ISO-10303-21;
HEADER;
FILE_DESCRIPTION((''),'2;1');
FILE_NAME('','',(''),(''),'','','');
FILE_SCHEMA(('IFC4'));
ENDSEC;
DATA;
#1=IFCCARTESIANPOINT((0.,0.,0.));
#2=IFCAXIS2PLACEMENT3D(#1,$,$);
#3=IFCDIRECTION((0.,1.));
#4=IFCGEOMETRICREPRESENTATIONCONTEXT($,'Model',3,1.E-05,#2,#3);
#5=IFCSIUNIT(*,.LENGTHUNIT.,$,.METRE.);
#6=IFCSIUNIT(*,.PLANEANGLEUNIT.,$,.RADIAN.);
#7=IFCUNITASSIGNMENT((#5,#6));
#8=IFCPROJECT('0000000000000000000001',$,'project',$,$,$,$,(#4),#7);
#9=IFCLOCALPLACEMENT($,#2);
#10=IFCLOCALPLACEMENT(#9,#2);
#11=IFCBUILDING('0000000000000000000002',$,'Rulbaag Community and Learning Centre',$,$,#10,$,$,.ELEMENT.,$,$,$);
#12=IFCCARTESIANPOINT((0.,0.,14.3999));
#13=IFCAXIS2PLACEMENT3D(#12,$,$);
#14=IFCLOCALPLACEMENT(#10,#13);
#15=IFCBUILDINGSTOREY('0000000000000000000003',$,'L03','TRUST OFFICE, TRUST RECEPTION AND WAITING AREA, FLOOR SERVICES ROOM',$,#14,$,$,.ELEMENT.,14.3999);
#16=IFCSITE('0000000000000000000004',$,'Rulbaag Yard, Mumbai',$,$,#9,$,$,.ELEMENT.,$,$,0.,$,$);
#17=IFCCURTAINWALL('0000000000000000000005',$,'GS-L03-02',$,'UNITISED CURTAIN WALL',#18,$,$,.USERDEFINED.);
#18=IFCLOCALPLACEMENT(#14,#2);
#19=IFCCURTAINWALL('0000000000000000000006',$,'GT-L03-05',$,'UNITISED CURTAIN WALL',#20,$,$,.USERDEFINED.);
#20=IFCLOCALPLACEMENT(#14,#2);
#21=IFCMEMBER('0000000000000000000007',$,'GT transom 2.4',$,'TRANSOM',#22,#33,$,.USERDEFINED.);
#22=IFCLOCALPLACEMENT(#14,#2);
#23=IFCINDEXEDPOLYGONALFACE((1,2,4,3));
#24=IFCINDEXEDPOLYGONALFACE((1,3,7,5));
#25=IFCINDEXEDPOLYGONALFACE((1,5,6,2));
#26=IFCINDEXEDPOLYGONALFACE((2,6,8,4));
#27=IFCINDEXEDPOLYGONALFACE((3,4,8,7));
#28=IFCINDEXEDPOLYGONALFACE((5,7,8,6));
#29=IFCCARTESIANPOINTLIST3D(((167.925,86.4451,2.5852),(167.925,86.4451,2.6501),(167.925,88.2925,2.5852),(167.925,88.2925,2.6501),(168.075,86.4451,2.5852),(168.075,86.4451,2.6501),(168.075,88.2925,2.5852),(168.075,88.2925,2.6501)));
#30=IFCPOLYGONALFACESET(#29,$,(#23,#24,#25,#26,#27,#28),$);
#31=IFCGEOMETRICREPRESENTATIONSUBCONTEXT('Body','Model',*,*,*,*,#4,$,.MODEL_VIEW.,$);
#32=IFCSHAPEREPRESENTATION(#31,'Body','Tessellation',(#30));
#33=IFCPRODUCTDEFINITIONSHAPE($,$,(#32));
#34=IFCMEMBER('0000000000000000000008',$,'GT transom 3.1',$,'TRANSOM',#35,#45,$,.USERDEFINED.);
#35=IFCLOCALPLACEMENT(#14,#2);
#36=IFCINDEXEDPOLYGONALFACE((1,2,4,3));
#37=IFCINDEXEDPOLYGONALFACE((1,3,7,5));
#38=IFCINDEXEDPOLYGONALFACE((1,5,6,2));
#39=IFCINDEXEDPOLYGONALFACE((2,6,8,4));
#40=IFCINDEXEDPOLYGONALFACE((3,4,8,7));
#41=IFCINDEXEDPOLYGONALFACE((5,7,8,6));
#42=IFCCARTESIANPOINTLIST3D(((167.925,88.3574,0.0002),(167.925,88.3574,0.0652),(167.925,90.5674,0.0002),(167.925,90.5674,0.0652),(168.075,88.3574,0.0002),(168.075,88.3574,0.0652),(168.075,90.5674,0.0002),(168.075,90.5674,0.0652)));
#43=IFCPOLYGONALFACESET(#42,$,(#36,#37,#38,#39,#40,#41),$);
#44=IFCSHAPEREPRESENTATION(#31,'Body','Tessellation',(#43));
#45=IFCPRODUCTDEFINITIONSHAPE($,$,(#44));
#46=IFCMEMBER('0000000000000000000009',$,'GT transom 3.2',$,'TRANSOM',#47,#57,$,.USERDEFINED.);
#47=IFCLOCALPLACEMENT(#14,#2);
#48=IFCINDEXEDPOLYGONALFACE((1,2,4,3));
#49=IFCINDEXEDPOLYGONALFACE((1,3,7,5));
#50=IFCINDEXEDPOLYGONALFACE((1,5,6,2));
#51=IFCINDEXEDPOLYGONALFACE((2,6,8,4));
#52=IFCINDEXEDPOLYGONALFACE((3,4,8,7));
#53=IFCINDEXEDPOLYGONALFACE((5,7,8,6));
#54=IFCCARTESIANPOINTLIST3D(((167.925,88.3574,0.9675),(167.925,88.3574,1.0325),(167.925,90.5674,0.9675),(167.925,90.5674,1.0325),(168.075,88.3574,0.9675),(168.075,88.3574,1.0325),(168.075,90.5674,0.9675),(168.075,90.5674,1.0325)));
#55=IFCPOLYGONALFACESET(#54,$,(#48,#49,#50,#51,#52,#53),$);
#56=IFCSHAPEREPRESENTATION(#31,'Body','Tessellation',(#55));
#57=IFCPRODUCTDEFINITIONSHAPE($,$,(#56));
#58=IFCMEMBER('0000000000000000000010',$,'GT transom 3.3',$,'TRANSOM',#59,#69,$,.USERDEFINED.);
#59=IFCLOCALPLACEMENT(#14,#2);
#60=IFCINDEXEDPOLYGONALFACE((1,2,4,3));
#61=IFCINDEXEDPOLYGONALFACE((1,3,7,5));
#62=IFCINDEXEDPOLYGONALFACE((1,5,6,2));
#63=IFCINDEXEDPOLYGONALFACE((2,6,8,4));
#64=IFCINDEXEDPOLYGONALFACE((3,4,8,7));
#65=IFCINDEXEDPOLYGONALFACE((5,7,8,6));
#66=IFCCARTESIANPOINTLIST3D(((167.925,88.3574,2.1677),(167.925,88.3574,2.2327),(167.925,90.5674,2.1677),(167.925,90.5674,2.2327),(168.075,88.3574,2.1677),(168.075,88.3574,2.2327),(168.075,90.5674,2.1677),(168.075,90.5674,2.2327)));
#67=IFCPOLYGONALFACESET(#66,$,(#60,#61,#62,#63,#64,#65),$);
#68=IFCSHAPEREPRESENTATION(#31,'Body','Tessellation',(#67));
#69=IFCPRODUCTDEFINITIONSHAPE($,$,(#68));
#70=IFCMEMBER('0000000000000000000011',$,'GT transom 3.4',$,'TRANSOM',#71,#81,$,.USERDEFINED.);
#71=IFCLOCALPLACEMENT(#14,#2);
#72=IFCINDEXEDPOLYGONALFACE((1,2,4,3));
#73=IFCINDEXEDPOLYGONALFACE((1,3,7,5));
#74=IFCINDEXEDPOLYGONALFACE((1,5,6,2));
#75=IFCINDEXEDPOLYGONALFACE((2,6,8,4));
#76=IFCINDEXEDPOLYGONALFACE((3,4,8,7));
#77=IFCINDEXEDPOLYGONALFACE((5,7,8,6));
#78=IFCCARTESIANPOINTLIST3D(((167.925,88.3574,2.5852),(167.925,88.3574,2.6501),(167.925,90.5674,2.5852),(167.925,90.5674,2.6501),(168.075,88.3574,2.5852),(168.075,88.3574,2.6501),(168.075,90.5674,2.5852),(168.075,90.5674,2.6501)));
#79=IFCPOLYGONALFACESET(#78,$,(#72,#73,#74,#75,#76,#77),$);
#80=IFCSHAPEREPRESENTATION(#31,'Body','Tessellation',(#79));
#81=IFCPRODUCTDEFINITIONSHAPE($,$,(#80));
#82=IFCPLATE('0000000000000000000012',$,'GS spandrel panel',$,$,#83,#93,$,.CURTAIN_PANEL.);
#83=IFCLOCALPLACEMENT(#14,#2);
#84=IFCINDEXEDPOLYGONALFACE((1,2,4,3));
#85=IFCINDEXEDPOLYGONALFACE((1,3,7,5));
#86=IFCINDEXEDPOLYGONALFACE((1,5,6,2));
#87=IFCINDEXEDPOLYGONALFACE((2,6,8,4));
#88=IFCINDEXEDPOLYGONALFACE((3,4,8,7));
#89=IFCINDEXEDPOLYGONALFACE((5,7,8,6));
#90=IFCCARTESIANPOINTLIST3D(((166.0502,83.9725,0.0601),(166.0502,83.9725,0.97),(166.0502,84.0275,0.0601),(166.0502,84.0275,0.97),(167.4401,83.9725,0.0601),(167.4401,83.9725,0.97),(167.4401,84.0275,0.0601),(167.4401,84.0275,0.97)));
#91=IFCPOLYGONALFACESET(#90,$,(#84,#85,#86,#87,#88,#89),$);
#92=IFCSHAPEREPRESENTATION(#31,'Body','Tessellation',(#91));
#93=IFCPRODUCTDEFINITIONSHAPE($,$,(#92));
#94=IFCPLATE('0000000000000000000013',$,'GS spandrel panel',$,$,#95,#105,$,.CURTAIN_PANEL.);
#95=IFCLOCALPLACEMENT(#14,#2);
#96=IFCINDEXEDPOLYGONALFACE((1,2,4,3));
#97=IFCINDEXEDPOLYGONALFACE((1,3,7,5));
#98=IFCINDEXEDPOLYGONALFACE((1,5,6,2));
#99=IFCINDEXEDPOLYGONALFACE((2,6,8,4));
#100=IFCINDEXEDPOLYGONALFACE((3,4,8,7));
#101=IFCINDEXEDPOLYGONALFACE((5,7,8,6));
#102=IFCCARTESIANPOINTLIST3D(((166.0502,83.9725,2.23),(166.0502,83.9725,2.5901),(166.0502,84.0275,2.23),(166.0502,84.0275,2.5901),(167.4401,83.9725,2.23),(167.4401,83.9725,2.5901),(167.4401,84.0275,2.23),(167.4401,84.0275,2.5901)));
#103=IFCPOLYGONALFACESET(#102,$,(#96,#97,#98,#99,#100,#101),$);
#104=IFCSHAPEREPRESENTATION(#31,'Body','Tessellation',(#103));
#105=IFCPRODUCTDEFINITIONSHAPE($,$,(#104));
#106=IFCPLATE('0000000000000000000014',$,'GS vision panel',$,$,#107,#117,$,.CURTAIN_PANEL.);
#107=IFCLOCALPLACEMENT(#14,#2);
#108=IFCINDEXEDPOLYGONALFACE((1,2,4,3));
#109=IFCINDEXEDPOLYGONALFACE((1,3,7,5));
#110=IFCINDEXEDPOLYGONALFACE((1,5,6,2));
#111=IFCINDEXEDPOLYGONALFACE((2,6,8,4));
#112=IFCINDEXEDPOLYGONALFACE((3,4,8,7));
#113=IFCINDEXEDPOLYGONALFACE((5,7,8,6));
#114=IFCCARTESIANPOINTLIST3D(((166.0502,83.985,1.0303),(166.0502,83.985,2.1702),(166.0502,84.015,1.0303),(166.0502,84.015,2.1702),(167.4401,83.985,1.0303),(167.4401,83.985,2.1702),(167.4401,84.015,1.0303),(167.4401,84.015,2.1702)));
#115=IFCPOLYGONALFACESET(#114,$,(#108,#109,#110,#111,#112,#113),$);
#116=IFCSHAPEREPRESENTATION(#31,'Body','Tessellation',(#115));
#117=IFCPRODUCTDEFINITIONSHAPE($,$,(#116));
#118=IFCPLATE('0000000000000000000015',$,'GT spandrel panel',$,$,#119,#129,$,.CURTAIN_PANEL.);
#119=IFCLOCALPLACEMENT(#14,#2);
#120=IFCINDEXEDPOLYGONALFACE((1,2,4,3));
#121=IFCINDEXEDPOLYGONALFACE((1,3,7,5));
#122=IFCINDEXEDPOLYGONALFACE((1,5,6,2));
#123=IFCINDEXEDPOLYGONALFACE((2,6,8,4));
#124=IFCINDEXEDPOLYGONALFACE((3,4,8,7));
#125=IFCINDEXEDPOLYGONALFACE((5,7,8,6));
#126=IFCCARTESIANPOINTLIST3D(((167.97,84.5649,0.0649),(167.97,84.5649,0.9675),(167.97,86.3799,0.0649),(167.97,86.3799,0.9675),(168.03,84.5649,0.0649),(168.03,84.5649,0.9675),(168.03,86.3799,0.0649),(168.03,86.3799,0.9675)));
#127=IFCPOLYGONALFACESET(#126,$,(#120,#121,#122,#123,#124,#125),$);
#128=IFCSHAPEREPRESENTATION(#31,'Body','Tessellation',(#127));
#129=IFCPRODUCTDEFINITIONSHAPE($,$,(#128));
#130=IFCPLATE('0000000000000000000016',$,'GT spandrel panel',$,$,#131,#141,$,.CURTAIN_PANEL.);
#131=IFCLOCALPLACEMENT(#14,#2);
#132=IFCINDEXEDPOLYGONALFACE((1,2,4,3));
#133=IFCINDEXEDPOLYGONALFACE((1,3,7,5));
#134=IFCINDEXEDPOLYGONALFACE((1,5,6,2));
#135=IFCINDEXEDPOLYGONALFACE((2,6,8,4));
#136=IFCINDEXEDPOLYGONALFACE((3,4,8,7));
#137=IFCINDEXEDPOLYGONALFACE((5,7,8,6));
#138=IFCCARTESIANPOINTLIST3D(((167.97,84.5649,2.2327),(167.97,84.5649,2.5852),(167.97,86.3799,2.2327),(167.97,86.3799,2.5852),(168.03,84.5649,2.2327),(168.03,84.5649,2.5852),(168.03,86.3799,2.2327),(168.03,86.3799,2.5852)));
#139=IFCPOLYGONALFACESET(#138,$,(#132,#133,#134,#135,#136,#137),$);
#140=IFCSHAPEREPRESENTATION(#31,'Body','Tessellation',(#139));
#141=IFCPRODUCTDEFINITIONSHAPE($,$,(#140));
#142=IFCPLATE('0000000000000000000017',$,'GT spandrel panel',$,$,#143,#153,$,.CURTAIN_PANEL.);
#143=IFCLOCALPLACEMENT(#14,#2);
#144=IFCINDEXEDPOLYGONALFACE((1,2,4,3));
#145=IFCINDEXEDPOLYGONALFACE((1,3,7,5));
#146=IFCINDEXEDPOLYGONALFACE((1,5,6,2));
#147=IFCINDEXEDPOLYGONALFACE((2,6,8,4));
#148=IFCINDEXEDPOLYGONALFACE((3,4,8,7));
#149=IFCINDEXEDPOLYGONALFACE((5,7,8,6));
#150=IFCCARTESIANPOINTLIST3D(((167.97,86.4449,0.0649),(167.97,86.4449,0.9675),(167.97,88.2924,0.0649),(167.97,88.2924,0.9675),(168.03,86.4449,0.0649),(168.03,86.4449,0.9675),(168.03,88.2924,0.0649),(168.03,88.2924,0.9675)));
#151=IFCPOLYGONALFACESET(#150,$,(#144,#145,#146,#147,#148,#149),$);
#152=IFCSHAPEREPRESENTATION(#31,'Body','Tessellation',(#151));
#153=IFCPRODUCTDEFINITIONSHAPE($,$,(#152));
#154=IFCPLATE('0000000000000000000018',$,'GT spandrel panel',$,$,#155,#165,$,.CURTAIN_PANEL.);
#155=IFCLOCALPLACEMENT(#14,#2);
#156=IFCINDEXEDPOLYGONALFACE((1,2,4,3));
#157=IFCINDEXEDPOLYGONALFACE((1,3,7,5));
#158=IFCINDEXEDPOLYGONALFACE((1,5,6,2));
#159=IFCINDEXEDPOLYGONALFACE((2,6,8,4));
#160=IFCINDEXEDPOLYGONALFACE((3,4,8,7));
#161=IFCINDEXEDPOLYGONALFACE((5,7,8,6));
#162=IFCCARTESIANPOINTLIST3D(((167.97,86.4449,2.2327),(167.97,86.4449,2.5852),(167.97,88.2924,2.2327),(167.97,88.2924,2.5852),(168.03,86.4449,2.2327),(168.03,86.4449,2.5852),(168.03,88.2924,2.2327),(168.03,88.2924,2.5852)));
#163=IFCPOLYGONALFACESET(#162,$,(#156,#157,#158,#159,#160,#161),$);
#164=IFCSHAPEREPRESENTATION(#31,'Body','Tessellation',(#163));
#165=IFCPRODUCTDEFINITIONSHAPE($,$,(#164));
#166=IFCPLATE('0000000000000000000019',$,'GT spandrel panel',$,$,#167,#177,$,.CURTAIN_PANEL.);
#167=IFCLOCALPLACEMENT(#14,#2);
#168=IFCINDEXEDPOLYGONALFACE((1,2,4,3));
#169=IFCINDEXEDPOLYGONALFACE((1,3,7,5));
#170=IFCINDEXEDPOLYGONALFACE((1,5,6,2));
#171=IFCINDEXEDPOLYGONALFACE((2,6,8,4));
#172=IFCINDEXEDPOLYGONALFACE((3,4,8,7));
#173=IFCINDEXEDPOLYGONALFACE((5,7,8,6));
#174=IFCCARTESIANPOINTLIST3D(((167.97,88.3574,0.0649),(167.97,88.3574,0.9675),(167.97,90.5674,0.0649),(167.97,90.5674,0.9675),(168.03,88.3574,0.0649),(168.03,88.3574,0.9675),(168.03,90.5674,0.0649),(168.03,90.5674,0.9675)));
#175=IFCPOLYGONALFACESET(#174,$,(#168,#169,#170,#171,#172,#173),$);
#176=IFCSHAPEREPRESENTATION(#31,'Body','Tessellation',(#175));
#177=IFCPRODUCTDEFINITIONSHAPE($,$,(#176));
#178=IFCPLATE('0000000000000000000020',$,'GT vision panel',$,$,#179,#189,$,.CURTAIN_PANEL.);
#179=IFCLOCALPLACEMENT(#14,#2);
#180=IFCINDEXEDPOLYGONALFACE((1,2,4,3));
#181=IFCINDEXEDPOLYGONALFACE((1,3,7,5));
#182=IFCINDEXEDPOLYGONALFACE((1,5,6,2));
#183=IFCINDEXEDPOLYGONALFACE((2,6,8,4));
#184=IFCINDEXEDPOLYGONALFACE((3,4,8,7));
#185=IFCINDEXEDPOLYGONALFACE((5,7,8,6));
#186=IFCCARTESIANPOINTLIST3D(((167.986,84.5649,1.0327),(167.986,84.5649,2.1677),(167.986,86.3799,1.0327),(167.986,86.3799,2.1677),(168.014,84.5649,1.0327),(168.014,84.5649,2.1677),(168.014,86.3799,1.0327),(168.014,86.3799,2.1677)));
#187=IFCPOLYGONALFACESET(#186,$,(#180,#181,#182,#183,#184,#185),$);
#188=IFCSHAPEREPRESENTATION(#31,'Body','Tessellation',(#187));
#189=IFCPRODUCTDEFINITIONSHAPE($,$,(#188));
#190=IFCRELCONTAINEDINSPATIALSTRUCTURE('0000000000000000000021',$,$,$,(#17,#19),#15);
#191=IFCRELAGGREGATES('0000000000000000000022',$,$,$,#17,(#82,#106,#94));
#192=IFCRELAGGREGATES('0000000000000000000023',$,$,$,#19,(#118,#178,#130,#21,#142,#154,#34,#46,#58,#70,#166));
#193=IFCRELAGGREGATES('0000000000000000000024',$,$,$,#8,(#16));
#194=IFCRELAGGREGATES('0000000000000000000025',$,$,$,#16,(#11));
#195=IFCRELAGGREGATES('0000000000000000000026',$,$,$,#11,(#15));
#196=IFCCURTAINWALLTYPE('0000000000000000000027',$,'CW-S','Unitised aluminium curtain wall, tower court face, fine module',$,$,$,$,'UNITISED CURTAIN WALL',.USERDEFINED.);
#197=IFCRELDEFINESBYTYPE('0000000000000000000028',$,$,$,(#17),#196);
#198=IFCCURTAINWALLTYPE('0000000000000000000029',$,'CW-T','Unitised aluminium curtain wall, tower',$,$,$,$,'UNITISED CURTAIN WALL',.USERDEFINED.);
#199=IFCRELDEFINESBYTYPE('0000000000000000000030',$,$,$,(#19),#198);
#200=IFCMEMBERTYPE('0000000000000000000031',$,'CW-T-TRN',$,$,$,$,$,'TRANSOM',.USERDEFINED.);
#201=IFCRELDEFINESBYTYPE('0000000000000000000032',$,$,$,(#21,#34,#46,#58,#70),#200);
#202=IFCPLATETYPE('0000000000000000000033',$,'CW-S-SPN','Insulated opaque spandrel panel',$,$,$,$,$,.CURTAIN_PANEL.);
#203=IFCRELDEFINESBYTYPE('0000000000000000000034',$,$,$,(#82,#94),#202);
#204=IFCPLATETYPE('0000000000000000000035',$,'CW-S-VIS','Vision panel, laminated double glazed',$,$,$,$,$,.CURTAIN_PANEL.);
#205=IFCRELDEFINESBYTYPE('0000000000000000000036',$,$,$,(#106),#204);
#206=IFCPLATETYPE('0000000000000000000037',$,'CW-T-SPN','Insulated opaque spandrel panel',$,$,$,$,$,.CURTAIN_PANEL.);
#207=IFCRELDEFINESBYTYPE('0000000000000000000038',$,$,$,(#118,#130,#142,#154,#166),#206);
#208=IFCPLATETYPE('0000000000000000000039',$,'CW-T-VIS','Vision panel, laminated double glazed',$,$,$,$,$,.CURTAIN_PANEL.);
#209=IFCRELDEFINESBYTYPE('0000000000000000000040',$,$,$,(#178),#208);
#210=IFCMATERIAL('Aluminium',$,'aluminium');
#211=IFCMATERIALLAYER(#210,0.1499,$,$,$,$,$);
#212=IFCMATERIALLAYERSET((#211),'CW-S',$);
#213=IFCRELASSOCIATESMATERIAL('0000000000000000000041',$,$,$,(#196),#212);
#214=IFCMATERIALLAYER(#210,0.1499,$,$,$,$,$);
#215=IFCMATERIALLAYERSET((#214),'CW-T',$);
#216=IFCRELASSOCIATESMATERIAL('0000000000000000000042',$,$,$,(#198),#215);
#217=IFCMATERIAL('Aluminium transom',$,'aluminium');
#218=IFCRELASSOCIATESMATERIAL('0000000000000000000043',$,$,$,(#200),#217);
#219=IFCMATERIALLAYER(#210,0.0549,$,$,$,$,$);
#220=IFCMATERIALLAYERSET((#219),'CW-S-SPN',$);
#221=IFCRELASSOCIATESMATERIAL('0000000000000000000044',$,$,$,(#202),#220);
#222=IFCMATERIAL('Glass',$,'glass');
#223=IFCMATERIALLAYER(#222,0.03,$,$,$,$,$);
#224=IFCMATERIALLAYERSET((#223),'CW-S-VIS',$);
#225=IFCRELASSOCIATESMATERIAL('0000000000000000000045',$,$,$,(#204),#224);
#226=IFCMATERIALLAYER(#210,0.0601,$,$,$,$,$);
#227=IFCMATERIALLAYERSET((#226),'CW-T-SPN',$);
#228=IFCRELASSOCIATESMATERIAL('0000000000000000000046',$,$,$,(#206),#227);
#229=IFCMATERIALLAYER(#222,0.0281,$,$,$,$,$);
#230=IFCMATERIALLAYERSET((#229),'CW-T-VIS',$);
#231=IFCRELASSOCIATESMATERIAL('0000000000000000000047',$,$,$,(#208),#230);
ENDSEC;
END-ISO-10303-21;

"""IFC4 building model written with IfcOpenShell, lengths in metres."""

from ifc_helpers import new_model, si_unit, direction, frame, origin, origin_2d, place, context, subcontext, project, spatial, rectangle, extrude, material, layer, layer_set, material_profile, profile_set, type_object, element, aggregate, save


model = new_model("IFC4")

# Units and contexts
model_context = context("Model", 3, precision=1e-05, world=origin(), true_north=direction((0.0, 1.0)))
body_context = subcontext(model_context, "Body", "Model", "MODEL_VIEW")
ifc_project = project(units=[si_unit("LENGTHUNIT", "METRE"), si_unit("PLANEANGLEUNIT", "RADIAN")], contexts=[model_context])

# Site, building, storey
site_placement = place(None, origin())
site = spatial("IfcSite", under=ifc_project, at=site_placement, Name="Rulbaag Yard, Mumbai", CompositionType="ELEMENT", RefElevation=0.0)
building_placement = place(site_placement, origin())
building = spatial("IfcBuilding", under=site, at=building_placement, Name="Rulbaag Community and Learning Centre", CompositionType="ELEMENT")
storey_placement = place(building_placement, frame((0.0, 0.0, 14.3999)))
storey = spatial("IfcBuildingStorey", under=building, at=storey_placement, Name="L03", Description="TRUST OFFICE, TRUST RECEPTION AND WAITING AREA, FLOOR SERVICES ROOM", CompositionType="ELEMENT", Elevation=14.3999)

# Curtain walls, members
ifc_material_1 = material(Name="Aluminium", Category="aluminium")
ifc_layer_1 = layer(ifc_material_1, 0.1499)
ifc_layer_set_1 = layer_set([ifc_layer_1], Name="CW-S")
curtain_wall_type_1 = type_object("IfcCurtainWallType", Name="CW-S", Description="Unitised aluminium curtain wall, tower court face, fine module", ElementType="UNITISED CURTAIN WALL", PredefinedType="USERDEFINED", material=ifc_layer_set_1)
curtain_wall_1_placement = place(storey_placement, origin())
curtain_wall_1 = element("IfcCurtainWall", 1, at=curtain_wall_1_placement, inside=storey, type_object=curtain_wall_type_1, Name="GS-L03-02", ObjectType="UNITISED CURTAIN WALL", PredefinedType="USERDEFINED")
ifc_material_2 = material(Name="Aluminium transom", Category="aluminium")
ifc_layer_2 = layer(ifc_material_1, 0.1499)
ifc_layer_set_2 = layer_set([ifc_layer_2], Name="CW-T")
curtain_wall_type_2 = type_object("IfcCurtainWallType", Name="CW-T", Description="Unitised aluminium curtain wall, tower", ElementType="UNITISED CURTAIN WALL", PredefinedType="USERDEFINED", material=ifc_layer_set_2)
curtain_wall_2_placement = place(storey_placement, origin())
curtain_wall_2 = element("IfcCurtainWall", 2, at=curtain_wall_2_placement, inside=storey, type_object=curtain_wall_type_2, Name="GT-L03-05", ObjectType="UNITISED CURTAIN WALL", PredefinedType="USERDEFINED")
ifc_material_profile_1 = material_profile(ifc_material_2, rectangle(XDim=0.1499, YDim=0.0649, at=origin_2d()), Name="AL 65x150 T")
ifc_profile_set_1 = profile_set([ifc_material_profile_1], Name="Aluminium transom")
member_type_1 = type_object("IfcMemberType", Name="CW-T-TRN", ElementType="TRANSOM", PredefinedType="USERDEFINED", material=ifc_profile_set_1)
member_1_placement = place(storey_placement, frame((168.0, 86.4451, 2.6177), z_axis=(0.0, 1.0, 0.0), x_axis=(-1.0, 0.0, 0.0)))
member_1 = element("IfcMember", 3, at=member_1_placement, type_object=member_type_1, Name="GT transom 2.4", ObjectType="TRANSOM", PredefinedType="USERDEFINED", context=body_context, shape_type="SweptSolid", body=[
    extrude(rectangle(XDim=0.1499, YDim=0.0649, at=origin_2d()), origin(), (0.0, 0.0, 1.0), 1.8474),
])
member_2_placement = place(storey_placement, frame((168.0, 88.3574, 0.0327), z_axis=(0.0, 1.0, 0.0), x_axis=(-1.0, 0.0, 0.0)))
member_2 = element("IfcMember", 4, at=member_2_placement, type_object=member_type_1, Name="GT transom 3.1", ObjectType="TRANSOM", PredefinedType="USERDEFINED", context=body_context, shape_type="SweptSolid", body=[
    extrude(rectangle(XDim=0.1499, YDim=0.0649, at=origin_2d()), origin(), (0.0, 0.0, 1.0), 2.21),
])
member_3_placement = place(storey_placement, frame((168.0, 88.3574, 1.0), z_axis=(0.0, 1.0, 0.0), x_axis=(-1.0, 0.0, 0.0)))
member_3 = element("IfcMember", 5, at=member_3_placement, type_object=member_type_1, Name="GT transom 3.2", ObjectType="TRANSOM", PredefinedType="USERDEFINED", context=body_context, shape_type="SweptSolid", body=[
    extrude(rectangle(XDim=0.1499, YDim=0.0649, at=origin_2d()), origin(), (0.0, 0.0, 1.0), 2.21),
])
member_4_placement = place(storey_placement, frame((168.0, 88.3574, 2.2002), z_axis=(0.0, 1.0, 0.0), x_axis=(-1.0, 0.0, 0.0)))
member_4 = element("IfcMember", 6, at=member_4_placement, type_object=member_type_1, Name="GT transom 3.3", ObjectType="TRANSOM", PredefinedType="USERDEFINED", context=body_context, shape_type="SweptSolid", body=[
    extrude(rectangle(XDim=0.1499, YDim=0.0649, at=origin_2d()), origin(), (0.0, 0.0, 1.0), 2.21),
])
member_5_placement = place(storey_placement, frame((168.0, 88.3574, 2.6177), z_axis=(0.0, 1.0, 0.0), x_axis=(-1.0, 0.0, 0.0)))
member_5 = element("IfcMember", 7, at=member_5_placement, type_object=member_type_1, Name="GT transom 3.4", ObjectType="TRANSOM", PredefinedType="USERDEFINED", context=body_context, shape_type="SweptSolid", body=[
    extrude(rectangle(XDim=0.1499, YDim=0.0649, at=origin_2d()), origin(), (0.0, 0.0, 1.0), 2.21),
])

# Plates
ifc_layer_3 = layer(ifc_material_1, 0.0549)
ifc_layer_set_3 = layer_set([ifc_layer_3], Name="CW-S-SPN")
plate_type_1 = type_object("IfcPlateType", Name="CW-S-SPN", Description="Insulated opaque spandrel panel", PredefinedType="CURTAIN_PANEL", material=ifc_layer_set_3)
plate_1_placement = place(storey_placement, frame((166.7451, 84.0, 0.0601), z_axis=(0.0, 0.0, 1.0), x_axis=(1.0, 0.0, 0.0)))
plate_1 = element("IfcPlate", 8, at=plate_1_placement, type_object=plate_type_1, Name="GS spandrel panel", PredefinedType="CURTAIN_PANEL", context=body_context, shape_type="SweptSolid", body=[
    extrude(rectangle(XDim=1.3899, YDim=0.0549, at=origin_2d()), origin(), (0.0, 0.0, 1.0), 0.9099),
])
plate_2_placement = place(storey_placement, frame((166.7451, 84.0, 2.23), z_axis=(0.0, 0.0, 1.0), x_axis=(1.0, 0.0, 0.0)))
plate_2 = element("IfcPlate", 9, at=plate_2_placement, type_object=plate_type_1, Name="GS spandrel panel", PredefinedType="CURTAIN_PANEL", context=body_context, shape_type="SweptSolid", body=[
    extrude(rectangle(XDim=1.3899, YDim=0.0549, at=origin_2d()), origin(), (0.0, 0.0, 1.0), 0.3601),
])
ifc_material_3 = material(Name="Glass", Category="glass")
ifc_layer_4 = layer(ifc_material_3, 0.03)
ifc_layer_set_4 = layer_set([ifc_layer_4], Name="CW-S-VIS")
plate_type_2 = type_object("IfcPlateType", Name="CW-S-VIS", Description="Vision panel, laminated double glazed", PredefinedType="CURTAIN_PANEL", material=ifc_layer_set_4)
plate_3_placement = place(storey_placement, frame((166.7451, 84.0, 1.0303), z_axis=(0.0, 0.0, 1.0), x_axis=(1.0, 0.0, 0.0)))
plate_3 = element("IfcPlate", 10, at=plate_3_placement, type_object=plate_type_2, Name="GS vision panel", PredefinedType="CURTAIN_PANEL", context=body_context, shape_type="SweptSolid", body=[
    extrude(rectangle(XDim=1.3899, YDim=0.03, at=origin_2d()), origin(), (0.0, 0.0, 1.0), 1.1399),
])
aggregate(curtain_wall_1, [plate_1, plate_3, plate_2])
ifc_layer_5 = layer(ifc_material_1, 0.0601)
ifc_layer_set_5 = layer_set([ifc_layer_5], Name="CW-T-SPN")
plate_type_3 = type_object("IfcPlateType", Name="CW-T-SPN", Description="Insulated opaque spandrel panel", PredefinedType="CURTAIN_PANEL", material=ifc_layer_set_5)
plate_4_placement = place(storey_placement, frame((168.0, 85.4724, 0.0649), z_axis=(0.0, 0.0, 1.0), x_axis=(0.0, 1.0, 0.0)))
plate_4 = element("IfcPlate", 11, at=plate_4_placement, type_object=plate_type_3, Name="GT spandrel panel", PredefinedType="CURTAIN_PANEL", context=body_context, shape_type="SweptSolid", body=[
    extrude(rectangle(XDim=1.8149, YDim=0.0601, at=origin_2d()), origin(), (0.0, 0.0, 1.0), 0.9026),
])
plate_5_placement = place(storey_placement, frame((168.0, 85.4724, 2.2327), z_axis=(0.0, 0.0, 1.0), x_axis=(0.0, 1.0, 0.0)))
plate_5 = element("IfcPlate", 12, at=plate_5_placement, type_object=plate_type_3, Name="GT spandrel panel", PredefinedType="CURTAIN_PANEL", context=body_context, shape_type="SweptSolid", body=[
    extrude(rectangle(XDim=1.8149, YDim=0.0601, at=origin_2d()), origin(), (0.0, 0.0, 1.0), 0.3525),
])
plate_6_placement = place(storey_placement, frame((168.0, 87.3687, 0.0649), z_axis=(0.0, 0.0, 1.0), x_axis=(0.0, 1.0, 0.0)))
plate_6 = element("IfcPlate", 13, at=plate_6_placement, type_object=plate_type_3, Name="GT spandrel panel", PredefinedType="CURTAIN_PANEL", context=body_context, shape_type="SweptSolid", body=[
    extrude(rectangle(XDim=1.8474, YDim=0.0601, at=origin_2d()), origin(), (0.0, 0.0, 1.0), 0.9026),
])
plate_7_placement = place(storey_placement, frame((168.0, 87.3687, 2.2327), z_axis=(0.0, 0.0, 1.0), x_axis=(0.0, 1.0, 0.0)))
plate_7 = element("IfcPlate", 14, at=plate_7_placement, type_object=plate_type_3, Name="GT spandrel panel", PredefinedType="CURTAIN_PANEL", context=body_context, shape_type="SweptSolid", body=[
    extrude(rectangle(XDim=1.8474, YDim=0.0601, at=origin_2d()), origin(), (0.0, 0.0, 1.0), 0.3525),
])
plate_8_placement = place(storey_placement, frame((168.0, 89.4624, 0.0649), z_axis=(0.0, 0.0, 1.0), x_axis=(0.0, 1.0, 0.0)))
plate_8 = element("IfcPlate", 15, at=plate_8_placement, type_object=plate_type_3, Name="GT spandrel panel", PredefinedType="CURTAIN_PANEL", context=body_context, shape_type="SweptSolid", body=[
    extrude(rectangle(XDim=2.21, YDim=0.0601, at=origin_2d()), origin(), (0.0, 0.0, 1.0), 0.9026),
])
ifc_layer_6 = layer(ifc_material_3, 0.0281)
ifc_layer_set_6 = layer_set([ifc_layer_6], Name="CW-T-VIS")
plate_type_4 = type_object("IfcPlateType", Name="CW-T-VIS", Description="Vision panel, laminated double glazed", PredefinedType="CURTAIN_PANEL", material=ifc_layer_set_6)
plate_9_placement = place(storey_placement, frame((168.0, 85.4724, 1.0327), z_axis=(0.0, 0.0, 1.0), x_axis=(0.0, 1.0, 0.0)))
plate_9 = element("IfcPlate", 16, at=plate_9_placement, type_object=plate_type_4, Name="GT vision panel", PredefinedType="CURTAIN_PANEL", context=body_context, shape_type="SweptSolid", body=[
    extrude(rectangle(XDim=1.8149, YDim=0.0281, at=origin_2d()), origin(), (0.0, 0.0, 1.0), 1.135),
])
aggregate(curtain_wall_2, [plate_4, plate_9, plate_5, member_1, plate_6, plate_7, member_2, member_3, member_4, member_5, plate_8])

save(model, "model.ifc")
